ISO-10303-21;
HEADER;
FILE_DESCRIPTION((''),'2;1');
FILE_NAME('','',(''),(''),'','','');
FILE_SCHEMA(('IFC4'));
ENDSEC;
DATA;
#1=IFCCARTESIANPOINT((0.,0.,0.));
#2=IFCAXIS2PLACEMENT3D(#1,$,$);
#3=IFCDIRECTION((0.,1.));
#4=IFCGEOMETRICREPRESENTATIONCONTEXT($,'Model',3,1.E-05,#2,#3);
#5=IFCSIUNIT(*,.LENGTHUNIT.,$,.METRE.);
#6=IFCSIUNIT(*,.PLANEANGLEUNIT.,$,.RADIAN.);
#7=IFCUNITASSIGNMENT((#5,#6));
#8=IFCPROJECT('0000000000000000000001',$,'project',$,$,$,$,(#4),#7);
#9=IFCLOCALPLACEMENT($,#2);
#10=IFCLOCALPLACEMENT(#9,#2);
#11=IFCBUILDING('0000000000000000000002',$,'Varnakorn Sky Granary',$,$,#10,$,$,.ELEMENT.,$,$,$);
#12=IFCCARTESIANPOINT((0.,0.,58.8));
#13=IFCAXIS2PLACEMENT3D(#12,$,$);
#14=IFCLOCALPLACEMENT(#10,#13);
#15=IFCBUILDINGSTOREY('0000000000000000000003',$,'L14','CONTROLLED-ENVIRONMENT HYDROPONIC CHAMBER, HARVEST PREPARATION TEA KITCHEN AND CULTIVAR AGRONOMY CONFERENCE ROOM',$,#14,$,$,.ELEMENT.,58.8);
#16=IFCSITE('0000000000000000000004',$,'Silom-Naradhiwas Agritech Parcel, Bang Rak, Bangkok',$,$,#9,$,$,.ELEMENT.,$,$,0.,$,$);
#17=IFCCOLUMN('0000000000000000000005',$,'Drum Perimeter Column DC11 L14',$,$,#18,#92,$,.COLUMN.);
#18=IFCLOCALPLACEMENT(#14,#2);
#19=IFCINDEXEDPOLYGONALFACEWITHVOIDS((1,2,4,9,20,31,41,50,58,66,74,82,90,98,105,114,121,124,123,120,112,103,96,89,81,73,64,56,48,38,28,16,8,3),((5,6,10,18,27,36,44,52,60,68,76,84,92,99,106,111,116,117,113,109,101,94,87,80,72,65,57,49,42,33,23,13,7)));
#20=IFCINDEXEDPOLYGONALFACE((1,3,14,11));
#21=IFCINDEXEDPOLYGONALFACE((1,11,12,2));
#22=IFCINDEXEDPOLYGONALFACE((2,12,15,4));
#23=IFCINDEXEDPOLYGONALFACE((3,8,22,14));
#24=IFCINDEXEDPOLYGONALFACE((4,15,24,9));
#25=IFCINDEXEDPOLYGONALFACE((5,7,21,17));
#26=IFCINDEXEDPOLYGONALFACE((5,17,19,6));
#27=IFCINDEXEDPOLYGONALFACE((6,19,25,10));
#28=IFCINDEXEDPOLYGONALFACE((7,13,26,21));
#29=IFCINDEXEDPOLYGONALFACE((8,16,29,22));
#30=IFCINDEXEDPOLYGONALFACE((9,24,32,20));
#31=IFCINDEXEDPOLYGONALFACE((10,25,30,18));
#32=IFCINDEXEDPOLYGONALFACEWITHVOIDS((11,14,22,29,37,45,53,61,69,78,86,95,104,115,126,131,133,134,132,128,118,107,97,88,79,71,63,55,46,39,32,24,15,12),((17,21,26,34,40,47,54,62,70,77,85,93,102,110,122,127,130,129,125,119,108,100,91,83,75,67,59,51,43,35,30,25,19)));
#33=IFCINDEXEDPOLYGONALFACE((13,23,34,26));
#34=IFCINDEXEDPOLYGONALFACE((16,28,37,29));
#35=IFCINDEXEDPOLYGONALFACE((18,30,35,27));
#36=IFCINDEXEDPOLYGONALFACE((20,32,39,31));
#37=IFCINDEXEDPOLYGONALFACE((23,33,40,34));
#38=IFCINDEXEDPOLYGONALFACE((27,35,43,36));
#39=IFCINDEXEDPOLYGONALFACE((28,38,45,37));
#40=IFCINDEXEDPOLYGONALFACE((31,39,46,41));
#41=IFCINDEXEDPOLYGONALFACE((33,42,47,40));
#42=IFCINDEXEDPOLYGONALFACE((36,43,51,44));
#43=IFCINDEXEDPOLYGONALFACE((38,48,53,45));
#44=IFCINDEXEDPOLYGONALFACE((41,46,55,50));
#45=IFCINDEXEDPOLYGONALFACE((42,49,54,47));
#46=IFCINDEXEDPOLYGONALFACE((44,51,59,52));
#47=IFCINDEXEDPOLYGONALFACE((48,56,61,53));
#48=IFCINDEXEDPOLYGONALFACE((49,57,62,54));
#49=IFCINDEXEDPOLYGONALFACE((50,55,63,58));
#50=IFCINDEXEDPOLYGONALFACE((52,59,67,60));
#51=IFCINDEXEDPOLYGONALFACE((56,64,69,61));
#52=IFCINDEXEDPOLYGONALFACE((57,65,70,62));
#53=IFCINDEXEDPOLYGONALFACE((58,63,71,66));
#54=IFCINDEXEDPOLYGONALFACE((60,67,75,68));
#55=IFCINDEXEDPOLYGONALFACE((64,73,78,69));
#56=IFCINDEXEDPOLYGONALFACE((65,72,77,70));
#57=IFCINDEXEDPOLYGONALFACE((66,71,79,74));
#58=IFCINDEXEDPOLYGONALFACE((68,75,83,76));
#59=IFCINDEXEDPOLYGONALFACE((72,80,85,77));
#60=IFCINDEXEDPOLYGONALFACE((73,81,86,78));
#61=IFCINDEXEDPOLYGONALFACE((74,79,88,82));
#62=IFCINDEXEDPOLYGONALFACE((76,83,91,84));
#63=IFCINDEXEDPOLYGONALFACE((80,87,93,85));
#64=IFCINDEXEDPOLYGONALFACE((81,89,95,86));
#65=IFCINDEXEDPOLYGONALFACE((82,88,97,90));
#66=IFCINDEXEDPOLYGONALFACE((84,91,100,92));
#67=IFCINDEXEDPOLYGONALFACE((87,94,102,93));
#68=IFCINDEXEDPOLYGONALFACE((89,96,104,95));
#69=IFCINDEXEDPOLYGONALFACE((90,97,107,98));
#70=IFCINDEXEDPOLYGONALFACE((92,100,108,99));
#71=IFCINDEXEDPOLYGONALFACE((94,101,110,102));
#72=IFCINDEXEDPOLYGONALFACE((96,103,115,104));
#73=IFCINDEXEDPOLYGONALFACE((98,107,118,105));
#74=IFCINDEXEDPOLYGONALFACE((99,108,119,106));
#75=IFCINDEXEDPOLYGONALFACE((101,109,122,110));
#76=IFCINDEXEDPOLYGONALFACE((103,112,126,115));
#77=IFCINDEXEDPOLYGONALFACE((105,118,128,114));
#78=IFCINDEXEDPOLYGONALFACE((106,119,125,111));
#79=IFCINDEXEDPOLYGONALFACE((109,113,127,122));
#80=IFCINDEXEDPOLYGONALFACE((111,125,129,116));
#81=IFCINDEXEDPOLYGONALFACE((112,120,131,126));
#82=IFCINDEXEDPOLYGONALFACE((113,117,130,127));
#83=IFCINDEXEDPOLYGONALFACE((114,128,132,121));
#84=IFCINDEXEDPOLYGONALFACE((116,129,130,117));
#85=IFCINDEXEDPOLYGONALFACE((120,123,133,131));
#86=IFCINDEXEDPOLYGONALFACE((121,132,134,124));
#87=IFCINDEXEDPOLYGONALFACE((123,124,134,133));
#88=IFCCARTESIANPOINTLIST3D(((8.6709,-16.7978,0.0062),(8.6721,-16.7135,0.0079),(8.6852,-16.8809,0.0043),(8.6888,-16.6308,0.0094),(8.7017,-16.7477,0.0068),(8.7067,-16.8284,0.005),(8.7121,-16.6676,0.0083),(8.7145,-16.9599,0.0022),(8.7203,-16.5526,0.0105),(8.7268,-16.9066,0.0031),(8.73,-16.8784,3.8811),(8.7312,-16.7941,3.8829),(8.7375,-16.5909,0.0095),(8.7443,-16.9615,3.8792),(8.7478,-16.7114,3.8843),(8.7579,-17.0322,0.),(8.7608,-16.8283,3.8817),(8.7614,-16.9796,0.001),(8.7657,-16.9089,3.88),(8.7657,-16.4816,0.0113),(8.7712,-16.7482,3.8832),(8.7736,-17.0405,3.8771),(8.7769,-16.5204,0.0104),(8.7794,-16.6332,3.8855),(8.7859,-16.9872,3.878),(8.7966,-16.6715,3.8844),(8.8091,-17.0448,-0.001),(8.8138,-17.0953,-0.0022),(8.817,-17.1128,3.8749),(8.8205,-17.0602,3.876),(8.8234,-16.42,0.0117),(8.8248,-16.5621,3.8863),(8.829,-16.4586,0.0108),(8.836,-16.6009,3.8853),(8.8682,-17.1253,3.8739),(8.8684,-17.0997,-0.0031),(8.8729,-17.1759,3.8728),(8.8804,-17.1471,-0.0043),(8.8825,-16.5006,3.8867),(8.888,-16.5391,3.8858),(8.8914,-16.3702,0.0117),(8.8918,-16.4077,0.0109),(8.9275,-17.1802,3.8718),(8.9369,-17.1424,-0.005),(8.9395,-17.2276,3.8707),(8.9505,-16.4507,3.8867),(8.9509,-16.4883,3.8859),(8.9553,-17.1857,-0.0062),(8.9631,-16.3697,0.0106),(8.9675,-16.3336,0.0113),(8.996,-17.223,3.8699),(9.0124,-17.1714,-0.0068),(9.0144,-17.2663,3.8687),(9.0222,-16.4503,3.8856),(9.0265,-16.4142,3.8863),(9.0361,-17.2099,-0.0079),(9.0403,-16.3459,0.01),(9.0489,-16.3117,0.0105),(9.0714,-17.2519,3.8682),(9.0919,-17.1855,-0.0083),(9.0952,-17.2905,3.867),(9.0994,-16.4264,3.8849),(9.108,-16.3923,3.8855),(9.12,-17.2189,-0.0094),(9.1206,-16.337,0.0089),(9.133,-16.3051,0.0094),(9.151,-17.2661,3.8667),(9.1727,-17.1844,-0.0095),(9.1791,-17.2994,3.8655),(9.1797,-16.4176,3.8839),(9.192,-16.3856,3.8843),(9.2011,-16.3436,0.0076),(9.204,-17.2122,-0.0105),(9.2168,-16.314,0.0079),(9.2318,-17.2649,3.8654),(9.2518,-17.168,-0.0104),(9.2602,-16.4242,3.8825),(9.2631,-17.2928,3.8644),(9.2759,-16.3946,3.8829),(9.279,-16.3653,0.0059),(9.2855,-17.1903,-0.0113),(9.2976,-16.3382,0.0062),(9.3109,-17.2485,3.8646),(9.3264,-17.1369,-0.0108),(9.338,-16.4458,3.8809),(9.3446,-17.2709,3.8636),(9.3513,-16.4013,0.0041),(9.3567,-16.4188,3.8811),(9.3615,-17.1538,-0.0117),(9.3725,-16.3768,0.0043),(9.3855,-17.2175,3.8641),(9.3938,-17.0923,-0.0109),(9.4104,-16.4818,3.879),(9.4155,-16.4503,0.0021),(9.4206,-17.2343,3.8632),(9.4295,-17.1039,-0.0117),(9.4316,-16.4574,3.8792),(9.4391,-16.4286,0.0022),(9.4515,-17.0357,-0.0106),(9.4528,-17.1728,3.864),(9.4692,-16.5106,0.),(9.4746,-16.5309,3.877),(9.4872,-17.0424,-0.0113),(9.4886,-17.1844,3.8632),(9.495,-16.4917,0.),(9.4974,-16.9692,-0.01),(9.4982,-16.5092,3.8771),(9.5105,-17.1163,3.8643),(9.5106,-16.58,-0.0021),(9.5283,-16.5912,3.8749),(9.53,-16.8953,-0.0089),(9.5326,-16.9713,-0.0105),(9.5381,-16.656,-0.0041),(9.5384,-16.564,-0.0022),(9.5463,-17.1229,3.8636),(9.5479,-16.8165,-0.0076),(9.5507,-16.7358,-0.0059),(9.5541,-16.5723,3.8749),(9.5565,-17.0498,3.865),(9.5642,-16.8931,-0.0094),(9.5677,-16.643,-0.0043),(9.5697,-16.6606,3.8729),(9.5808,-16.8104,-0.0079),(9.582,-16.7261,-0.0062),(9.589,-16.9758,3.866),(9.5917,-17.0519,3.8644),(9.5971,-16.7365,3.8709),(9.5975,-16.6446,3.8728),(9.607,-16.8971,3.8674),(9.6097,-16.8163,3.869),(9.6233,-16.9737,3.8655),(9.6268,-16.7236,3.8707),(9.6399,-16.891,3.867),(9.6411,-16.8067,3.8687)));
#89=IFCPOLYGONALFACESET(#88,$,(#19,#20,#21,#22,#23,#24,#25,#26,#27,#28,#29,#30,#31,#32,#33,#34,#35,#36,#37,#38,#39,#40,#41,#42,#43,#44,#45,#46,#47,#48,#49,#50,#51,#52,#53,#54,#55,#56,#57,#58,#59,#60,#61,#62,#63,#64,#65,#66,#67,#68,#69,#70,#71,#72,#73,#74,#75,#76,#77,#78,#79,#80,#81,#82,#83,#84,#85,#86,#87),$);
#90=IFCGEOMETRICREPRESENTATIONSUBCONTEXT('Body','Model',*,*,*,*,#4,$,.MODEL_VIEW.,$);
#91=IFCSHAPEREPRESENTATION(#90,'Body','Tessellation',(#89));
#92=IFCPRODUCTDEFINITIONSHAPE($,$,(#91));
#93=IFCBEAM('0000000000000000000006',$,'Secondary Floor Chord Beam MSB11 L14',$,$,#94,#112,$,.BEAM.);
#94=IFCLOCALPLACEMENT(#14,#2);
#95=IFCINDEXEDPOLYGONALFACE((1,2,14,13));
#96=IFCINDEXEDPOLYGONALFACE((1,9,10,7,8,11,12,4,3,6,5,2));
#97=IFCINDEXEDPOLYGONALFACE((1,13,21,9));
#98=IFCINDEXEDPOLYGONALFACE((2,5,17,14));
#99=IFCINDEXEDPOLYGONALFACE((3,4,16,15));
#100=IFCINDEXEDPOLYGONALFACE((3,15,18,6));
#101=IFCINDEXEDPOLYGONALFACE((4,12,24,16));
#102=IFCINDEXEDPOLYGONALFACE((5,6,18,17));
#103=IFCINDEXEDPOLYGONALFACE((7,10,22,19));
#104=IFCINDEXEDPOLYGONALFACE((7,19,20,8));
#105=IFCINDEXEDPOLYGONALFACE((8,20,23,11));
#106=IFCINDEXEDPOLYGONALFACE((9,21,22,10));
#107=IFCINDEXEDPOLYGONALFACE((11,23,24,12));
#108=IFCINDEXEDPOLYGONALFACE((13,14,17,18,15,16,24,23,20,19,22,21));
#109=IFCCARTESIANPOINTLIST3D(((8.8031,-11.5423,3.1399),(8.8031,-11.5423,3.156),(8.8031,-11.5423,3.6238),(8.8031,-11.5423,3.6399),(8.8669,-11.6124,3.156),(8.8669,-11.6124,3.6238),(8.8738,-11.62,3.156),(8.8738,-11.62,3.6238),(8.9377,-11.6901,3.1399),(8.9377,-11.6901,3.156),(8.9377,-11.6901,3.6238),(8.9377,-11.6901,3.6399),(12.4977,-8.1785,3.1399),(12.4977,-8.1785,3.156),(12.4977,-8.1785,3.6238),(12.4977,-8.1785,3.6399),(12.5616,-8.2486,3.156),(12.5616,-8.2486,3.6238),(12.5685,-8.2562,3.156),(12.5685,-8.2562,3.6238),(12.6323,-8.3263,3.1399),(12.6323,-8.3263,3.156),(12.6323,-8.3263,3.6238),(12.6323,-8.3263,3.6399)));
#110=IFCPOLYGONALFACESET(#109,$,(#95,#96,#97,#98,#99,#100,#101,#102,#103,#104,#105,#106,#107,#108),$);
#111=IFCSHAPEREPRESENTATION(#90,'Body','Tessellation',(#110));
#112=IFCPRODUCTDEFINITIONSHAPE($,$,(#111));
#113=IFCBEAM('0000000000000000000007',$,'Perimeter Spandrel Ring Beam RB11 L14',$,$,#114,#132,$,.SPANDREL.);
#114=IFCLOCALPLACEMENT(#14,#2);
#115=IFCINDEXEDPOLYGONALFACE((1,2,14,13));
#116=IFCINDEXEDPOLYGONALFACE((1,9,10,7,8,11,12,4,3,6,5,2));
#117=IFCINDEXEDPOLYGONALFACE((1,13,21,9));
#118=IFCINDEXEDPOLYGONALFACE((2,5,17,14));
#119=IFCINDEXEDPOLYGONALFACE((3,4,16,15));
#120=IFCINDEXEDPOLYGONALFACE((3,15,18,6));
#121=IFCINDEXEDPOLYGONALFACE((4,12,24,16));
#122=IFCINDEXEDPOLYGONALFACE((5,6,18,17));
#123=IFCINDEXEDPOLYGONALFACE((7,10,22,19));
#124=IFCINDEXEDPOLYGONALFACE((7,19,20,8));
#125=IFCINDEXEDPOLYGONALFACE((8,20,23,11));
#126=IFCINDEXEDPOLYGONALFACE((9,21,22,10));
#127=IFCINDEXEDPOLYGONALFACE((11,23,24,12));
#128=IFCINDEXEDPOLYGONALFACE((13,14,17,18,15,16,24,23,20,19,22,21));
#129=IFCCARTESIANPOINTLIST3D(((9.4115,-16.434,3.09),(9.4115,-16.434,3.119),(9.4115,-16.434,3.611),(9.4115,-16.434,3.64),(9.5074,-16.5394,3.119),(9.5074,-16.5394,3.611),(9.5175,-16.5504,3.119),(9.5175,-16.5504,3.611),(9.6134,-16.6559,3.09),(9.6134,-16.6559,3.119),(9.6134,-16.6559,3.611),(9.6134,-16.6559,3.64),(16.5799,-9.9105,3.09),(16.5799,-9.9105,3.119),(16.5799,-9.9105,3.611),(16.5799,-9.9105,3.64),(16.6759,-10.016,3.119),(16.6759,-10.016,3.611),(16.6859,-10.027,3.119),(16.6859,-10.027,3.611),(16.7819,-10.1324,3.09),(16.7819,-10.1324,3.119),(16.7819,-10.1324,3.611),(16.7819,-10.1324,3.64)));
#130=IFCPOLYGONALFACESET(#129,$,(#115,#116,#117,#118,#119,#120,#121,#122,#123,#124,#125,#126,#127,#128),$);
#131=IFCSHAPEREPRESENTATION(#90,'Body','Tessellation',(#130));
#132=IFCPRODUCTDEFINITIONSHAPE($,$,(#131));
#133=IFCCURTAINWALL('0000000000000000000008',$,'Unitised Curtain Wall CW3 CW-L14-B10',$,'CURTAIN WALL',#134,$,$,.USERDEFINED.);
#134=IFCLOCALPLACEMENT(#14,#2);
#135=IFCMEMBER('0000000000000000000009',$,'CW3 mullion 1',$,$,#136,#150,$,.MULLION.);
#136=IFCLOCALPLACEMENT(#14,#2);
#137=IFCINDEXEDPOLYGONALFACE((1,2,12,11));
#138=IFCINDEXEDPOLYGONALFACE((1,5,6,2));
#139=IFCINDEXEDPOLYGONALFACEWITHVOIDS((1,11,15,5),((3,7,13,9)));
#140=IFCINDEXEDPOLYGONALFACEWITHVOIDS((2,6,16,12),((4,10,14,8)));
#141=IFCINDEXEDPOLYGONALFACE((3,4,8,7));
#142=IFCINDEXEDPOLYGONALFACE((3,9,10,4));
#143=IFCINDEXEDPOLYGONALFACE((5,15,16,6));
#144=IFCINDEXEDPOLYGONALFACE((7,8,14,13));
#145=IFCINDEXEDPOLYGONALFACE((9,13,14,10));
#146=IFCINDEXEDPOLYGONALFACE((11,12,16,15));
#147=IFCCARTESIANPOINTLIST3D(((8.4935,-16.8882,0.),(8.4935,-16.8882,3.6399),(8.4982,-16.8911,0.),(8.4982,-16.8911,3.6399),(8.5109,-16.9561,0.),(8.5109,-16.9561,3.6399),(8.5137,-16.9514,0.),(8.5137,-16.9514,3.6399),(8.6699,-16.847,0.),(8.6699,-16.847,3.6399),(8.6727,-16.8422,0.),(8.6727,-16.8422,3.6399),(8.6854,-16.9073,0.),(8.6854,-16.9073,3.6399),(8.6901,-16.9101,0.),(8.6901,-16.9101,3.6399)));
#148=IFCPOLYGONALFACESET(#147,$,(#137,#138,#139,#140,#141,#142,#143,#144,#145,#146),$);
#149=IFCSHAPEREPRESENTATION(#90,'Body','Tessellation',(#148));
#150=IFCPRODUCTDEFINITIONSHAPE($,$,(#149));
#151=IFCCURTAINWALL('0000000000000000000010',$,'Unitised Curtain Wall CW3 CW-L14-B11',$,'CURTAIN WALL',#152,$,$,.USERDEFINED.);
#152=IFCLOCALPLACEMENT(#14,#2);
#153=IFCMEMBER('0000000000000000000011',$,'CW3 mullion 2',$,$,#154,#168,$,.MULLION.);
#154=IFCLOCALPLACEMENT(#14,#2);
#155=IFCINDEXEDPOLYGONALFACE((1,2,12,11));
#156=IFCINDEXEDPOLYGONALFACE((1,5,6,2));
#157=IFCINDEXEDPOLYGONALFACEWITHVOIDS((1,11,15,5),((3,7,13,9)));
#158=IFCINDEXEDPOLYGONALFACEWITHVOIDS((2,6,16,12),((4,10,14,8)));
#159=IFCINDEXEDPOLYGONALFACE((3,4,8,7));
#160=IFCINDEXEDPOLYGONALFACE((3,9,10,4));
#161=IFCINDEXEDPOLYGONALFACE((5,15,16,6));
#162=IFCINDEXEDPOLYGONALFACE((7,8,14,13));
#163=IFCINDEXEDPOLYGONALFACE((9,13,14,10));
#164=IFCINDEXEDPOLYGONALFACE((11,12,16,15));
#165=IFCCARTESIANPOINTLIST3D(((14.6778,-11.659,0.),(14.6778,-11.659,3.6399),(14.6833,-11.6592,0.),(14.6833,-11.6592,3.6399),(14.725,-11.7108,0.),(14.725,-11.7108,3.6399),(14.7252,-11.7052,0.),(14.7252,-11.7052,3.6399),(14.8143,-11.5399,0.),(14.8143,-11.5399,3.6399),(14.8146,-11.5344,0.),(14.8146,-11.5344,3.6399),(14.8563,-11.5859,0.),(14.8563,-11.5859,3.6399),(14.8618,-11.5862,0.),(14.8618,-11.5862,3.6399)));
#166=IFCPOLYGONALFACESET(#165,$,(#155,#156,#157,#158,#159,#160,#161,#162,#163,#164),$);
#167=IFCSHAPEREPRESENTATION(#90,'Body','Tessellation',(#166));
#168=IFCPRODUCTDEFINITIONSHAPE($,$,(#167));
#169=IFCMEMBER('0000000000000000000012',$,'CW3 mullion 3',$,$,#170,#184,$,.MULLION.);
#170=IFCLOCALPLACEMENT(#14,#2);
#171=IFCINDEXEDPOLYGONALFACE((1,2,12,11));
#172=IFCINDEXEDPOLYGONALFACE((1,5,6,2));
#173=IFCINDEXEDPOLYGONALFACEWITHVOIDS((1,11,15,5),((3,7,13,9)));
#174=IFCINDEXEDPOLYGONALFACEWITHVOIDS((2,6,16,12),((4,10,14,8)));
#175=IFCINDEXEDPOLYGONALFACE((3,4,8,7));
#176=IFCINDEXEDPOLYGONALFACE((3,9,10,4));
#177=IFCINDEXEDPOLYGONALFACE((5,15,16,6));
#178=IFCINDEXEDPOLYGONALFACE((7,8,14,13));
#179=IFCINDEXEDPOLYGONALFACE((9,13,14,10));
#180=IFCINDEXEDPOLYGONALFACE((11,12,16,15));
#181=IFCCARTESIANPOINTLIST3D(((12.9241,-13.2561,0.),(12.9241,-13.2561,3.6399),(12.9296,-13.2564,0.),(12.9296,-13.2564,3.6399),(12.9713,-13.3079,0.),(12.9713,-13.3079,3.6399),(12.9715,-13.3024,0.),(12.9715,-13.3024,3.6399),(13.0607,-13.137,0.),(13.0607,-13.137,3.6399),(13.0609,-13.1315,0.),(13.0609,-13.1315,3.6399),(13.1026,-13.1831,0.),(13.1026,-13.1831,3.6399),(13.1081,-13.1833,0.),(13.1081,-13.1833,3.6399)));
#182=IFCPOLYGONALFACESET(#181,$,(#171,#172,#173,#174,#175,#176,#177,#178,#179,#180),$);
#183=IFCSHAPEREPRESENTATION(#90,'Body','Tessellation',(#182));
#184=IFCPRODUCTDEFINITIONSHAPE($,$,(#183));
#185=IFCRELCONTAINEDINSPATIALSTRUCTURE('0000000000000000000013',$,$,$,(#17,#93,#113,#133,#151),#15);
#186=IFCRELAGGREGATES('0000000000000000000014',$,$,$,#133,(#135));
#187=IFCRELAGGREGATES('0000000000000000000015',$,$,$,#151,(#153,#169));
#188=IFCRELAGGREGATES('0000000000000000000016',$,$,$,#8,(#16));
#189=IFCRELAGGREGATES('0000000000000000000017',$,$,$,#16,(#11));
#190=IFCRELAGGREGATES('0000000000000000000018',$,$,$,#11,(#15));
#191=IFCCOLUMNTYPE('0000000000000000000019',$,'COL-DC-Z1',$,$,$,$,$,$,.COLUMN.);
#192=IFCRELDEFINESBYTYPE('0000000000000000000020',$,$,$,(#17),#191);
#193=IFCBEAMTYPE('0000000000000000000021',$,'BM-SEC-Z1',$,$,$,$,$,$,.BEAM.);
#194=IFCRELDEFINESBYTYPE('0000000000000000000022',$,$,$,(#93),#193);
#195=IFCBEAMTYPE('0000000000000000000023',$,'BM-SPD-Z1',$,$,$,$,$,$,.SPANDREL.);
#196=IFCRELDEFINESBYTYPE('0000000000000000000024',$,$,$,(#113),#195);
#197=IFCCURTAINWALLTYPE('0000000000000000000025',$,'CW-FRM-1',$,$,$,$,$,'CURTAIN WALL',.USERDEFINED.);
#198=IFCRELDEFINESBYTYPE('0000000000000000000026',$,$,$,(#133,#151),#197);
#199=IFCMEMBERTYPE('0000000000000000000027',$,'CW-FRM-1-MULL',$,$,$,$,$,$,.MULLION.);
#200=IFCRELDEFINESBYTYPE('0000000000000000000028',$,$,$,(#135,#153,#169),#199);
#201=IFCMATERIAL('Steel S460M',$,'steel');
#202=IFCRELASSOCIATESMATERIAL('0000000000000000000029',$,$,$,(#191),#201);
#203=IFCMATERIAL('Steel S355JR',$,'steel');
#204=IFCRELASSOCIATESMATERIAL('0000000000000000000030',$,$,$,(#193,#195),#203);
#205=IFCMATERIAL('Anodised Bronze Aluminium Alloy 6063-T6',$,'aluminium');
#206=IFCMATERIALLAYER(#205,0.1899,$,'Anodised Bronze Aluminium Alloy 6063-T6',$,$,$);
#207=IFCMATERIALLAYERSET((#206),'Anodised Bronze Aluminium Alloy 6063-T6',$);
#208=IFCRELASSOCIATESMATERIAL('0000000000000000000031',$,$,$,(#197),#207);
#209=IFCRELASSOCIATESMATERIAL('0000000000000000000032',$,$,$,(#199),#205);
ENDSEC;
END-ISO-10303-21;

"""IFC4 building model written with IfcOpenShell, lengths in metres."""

from ifc_helpers import new_model, si_unit, direction, frame, origin, origin_2d, place, context, subcontext, project, spatial, hollow_rectangle, hollow_circle, i_section, extrude, material, layer, layer_set, material_profile, profile_set, type_object, element, aggregate, save


model = new_model("IFC4")

# Units and contexts
model_context = context("Model", 3, precision=1e-05, world=origin(), true_north=direction((0.0, 1.0)))
body_context = subcontext(model_context, "Body", "Model", "MODEL_VIEW")
ifc_project = project(units=[si_unit("LENGTHUNIT", "METRE"), si_unit("PLANEANGLEUNIT", "RADIAN")], contexts=[model_context])

# Site, building, storey
site_placement = place(None, origin())
site = spatial("IfcSite", under=ifc_project, at=site_placement, Name="Silom-Naradhiwas Agritech Parcel, Bang Rak, Bangkok", CompositionType="ELEMENT", RefElevation=0.0)
building_placement = place(site_placement, origin())
building = spatial("IfcBuilding", under=site, at=building_placement, Name="Varnakorn Sky Granary", CompositionType="ELEMENT")
storey_placement = place(building_placement, frame((0.0, 0.0, 58.8)))
storey = spatial("IfcBuildingStorey", under=building, at=storey_placement, Name="L14", Description="CONTROLLED-ENVIRONMENT HYDROPONIC CHAMBER, HARVEST PREPARATION TEA KITCHEN AND CULTIVAR AGRONOMY CONFERENCE ROOM", CompositionType="ELEMENT", Elevation=58.8)

# Column
ifc_material_1 = material(Name="Steel S460M", Category="steel")
ifc_material_profile_1 = material_profile(ifc_material_1, hollow_circle(Radius=0.457, WallThickness=0.032, at=origin_2d()), Name="CHS 914x32")
ifc_profile_set_1 = profile_set([ifc_material_profile_1], Name="Steel S460M")
column_type = type_object("IfcColumnType", Name="COL-DC-Z1", PredefinedType="COLUMN", material=ifc_profile_set_1)
column_placement = place(storey_placement, frame((9.1265, -16.762, 0.0), z_axis=(0.015242, -0.020784, 0.999668), x_axis=(0.806405, 0.591364, 0.0)))
element("IfcColumn", 1, at=column_placement, inside=storey, type_object=column_type, Name="Drum Perimeter Column DC11 L14", PredefinedType="COLUMN", context=body_context, shape_type="SweptSolid", body=[
    extrude(hollow_circle(Radius=0.457, WallThickness=0.032, at=origin_2d()), origin(), (0.0, 0.0, 1.0), 3.8762),
])

# Beams
ifc_material_2 = material(Name="Steel S355JR", Category="steel")
ifc_material_profile_2 = material_profile(ifc_material_2, i_section(OverallWidth=0.2, OverallDepth=0.5, WebThickness=0.0103, FlangeThickness=0.0161, at=origin_2d()), Name="IPE 500")
ifc_profile_set_2 = profile_set([ifc_material_profile_2], Name="Steel S355JR")
beam_type_1 = type_object("IfcBeamType", Name="BM-SEC-Z1", PredefinedType="BEAM", material=ifc_profile_set_2)
beam_1_placement = place(storey_placement, frame((8.8704, -11.6162, 3.3899), z_axis=(0.739436, 0.673227, 0.0), x_axis=(-0.673227, 0.739436, 0.0)))
element("IfcBeam", 2, at=beam_1_placement, inside=storey, type_object=beam_type_1, Name="Secondary Floor Chord Beam MSB11 L14", PredefinedType="BEAM", context=body_context, shape_type="SweptSolid", body=[
    extrude(i_section(OverallWidth=0.2, OverallDepth=0.5, WebThickness=0.0103, FlangeThickness=0.0161, at=origin_2d()), origin(), (0.0, 0.0, 1.0), 4.9966),
])
ifc_material_profile_3 = material_profile(ifc_material_2, i_section(OverallWidth=0.3, OverallDepth=0.55, WebThickness=0.0149, FlangeThickness=0.0291, at=origin_2d()), Name="HE 550 B")
ifc_profile_set_3 = profile_set([ifc_material_profile_3], Name="Steel S355JR")
beam_type_2 = type_object("IfcBeamType", Name="BM-SPD-Z1", PredefinedType="SPANDREL", material=ifc_profile_set_3)
beam_2_placement = place(storey_placement, frame((9.5125, -16.5449, 3.365), z_axis=(0.739598, 0.673049, 0.0), x_axis=(-0.673049, 0.739598, 0.0)))
element("IfcBeam", 3, at=beam_2_placement, inside=storey, type_object=beam_type_2, Name="Perimeter Spandrel Ring Beam RB11 L14", PredefinedType="SPANDREL", context=body_context, shape_type="SweptSolid", body=[
    extrude(i_section(OverallWidth=0.3, OverallDepth=0.55, WebThickness=0.0149, FlangeThickness=0.0291, at=origin_2d()), origin(), (0.0, 0.0, 1.0), 9.6924),
])

# Curtain wall, member
ifc_material_3 = material(Name="Anodised Bronze Aluminium Alloy 6063-T6", Category="aluminium")
ifc_layer_1 = layer(ifc_material_3, 0.1899, Name="Anodised Bronze Aluminium Alloy 6063-T6")
ifc_layer_set_1 = layer_set([ifc_layer_1], Name="Anodised Bronze Aluminium Alloy 6063-T6")
curtain_wall_type = type_object("IfcCurtainWallType", Name="CW-FRM-1", ElementType="CURTAIN WALL", PredefinedType="USERDEFINED", material=ifc_layer_set_1)
curtain_wall_1_placement = place(storey_placement, origin())
curtain_wall_1 = element("IfcCurtainWall", 4, at=curtain_wall_1_placement, inside=storey, type_object=curtain_wall_type, Name="Unitised Curtain Wall CW3 CW-L14-B10", ObjectType="CURTAIN WALL", PredefinedType="USERDEFINED")
ifc_material_profile_4 = material_profile(ifc_material_3, hollow_rectangle(XDim=0.0701, YDim=0.1851, WallThickness=0.0039, at=origin_2d()), Name="ALU MULL 70x185")
ifc_profile_set_4 = profile_set([ifc_material_profile_4], Name="Anodised Bronze Aluminium Alloy 6063-T6")
member_type_1 = type_object("IfcMemberType", Name="CW-FRM-1-MULL", PredefinedType="MULLION", material=ifc_profile_set_4)
member_1_placement = place(storey_placement, frame((8.5918, -16.8992, 0.0), z_axis=(0.0, 0.0, 1.0), x_axis=(0.248656, -0.968592, 0.0)))
member_1 = element("IfcMember", 5, at=member_1_placement, type_object=member_type_1, Name="CW3 mullion 1", PredefinedType="MULLION", context=body_context, shape_type="SweptSolid", body=[
    extrude(hollow_rectangle(XDim=0.0701, YDim=0.1851, WallThickness=0.0039, at=origin_2d()), origin(), (0.0, 0.0, 1.0), 3.6399),
])

# Curtain wall, members
curtain_wall_2_placement = place(storey_placement, origin())
curtain_wall_2 = element("IfcCurtainWall", 6, at=curtain_wall_2_placement, inside=storey, type_object=curtain_wall_type, Name="Unitised Curtain Wall CW3 CW-L14-B11", ObjectType="CURTAIN WALL", PredefinedType="USERDEFINED")
member_2_placement = place(storey_placement, frame((14.7698, -11.6226, 0.0), z_axis=(0.0, 0.0, 1.0), x_axis=(0.673319, -0.739352, 0.0)))
member_2 = element("IfcMember", 7, at=member_2_placement, type_object=member_type_1, Name="CW3 mullion 2", PredefinedType="MULLION", context=body_context, shape_type="SweptSolid", body=[
    extrude(hollow_rectangle(XDim=0.0701, YDim=0.1851, WallThickness=0.0039, at=origin_2d()), origin(), (0.0, 0.0, 1.0), 3.6399),
])
member_3_placement = place(storey_placement, frame((13.0161, -13.2197, 0.0), z_axis=(0.0, 0.0, 1.0), x_axis=(0.673319, -0.739352, 0.0)))
member_3 = element("IfcMember", 8, at=member_3_placement, type_object=member_type_1, Name="CW3 mullion 3", PredefinedType="MULLION", context=body_context, shape_type="SweptSolid", body=[
    extrude(hollow_rectangle(XDim=0.0701, YDim=0.1851, WallThickness=0.0039, at=origin_2d()), origin(), (0.0, 0.0, 1.0), 3.6399),
])

aggregate(curtain_wall_1, [member_1])

aggregate(curtain_wall_2, [member_2, member_3])

save(model, "model.ifc")
